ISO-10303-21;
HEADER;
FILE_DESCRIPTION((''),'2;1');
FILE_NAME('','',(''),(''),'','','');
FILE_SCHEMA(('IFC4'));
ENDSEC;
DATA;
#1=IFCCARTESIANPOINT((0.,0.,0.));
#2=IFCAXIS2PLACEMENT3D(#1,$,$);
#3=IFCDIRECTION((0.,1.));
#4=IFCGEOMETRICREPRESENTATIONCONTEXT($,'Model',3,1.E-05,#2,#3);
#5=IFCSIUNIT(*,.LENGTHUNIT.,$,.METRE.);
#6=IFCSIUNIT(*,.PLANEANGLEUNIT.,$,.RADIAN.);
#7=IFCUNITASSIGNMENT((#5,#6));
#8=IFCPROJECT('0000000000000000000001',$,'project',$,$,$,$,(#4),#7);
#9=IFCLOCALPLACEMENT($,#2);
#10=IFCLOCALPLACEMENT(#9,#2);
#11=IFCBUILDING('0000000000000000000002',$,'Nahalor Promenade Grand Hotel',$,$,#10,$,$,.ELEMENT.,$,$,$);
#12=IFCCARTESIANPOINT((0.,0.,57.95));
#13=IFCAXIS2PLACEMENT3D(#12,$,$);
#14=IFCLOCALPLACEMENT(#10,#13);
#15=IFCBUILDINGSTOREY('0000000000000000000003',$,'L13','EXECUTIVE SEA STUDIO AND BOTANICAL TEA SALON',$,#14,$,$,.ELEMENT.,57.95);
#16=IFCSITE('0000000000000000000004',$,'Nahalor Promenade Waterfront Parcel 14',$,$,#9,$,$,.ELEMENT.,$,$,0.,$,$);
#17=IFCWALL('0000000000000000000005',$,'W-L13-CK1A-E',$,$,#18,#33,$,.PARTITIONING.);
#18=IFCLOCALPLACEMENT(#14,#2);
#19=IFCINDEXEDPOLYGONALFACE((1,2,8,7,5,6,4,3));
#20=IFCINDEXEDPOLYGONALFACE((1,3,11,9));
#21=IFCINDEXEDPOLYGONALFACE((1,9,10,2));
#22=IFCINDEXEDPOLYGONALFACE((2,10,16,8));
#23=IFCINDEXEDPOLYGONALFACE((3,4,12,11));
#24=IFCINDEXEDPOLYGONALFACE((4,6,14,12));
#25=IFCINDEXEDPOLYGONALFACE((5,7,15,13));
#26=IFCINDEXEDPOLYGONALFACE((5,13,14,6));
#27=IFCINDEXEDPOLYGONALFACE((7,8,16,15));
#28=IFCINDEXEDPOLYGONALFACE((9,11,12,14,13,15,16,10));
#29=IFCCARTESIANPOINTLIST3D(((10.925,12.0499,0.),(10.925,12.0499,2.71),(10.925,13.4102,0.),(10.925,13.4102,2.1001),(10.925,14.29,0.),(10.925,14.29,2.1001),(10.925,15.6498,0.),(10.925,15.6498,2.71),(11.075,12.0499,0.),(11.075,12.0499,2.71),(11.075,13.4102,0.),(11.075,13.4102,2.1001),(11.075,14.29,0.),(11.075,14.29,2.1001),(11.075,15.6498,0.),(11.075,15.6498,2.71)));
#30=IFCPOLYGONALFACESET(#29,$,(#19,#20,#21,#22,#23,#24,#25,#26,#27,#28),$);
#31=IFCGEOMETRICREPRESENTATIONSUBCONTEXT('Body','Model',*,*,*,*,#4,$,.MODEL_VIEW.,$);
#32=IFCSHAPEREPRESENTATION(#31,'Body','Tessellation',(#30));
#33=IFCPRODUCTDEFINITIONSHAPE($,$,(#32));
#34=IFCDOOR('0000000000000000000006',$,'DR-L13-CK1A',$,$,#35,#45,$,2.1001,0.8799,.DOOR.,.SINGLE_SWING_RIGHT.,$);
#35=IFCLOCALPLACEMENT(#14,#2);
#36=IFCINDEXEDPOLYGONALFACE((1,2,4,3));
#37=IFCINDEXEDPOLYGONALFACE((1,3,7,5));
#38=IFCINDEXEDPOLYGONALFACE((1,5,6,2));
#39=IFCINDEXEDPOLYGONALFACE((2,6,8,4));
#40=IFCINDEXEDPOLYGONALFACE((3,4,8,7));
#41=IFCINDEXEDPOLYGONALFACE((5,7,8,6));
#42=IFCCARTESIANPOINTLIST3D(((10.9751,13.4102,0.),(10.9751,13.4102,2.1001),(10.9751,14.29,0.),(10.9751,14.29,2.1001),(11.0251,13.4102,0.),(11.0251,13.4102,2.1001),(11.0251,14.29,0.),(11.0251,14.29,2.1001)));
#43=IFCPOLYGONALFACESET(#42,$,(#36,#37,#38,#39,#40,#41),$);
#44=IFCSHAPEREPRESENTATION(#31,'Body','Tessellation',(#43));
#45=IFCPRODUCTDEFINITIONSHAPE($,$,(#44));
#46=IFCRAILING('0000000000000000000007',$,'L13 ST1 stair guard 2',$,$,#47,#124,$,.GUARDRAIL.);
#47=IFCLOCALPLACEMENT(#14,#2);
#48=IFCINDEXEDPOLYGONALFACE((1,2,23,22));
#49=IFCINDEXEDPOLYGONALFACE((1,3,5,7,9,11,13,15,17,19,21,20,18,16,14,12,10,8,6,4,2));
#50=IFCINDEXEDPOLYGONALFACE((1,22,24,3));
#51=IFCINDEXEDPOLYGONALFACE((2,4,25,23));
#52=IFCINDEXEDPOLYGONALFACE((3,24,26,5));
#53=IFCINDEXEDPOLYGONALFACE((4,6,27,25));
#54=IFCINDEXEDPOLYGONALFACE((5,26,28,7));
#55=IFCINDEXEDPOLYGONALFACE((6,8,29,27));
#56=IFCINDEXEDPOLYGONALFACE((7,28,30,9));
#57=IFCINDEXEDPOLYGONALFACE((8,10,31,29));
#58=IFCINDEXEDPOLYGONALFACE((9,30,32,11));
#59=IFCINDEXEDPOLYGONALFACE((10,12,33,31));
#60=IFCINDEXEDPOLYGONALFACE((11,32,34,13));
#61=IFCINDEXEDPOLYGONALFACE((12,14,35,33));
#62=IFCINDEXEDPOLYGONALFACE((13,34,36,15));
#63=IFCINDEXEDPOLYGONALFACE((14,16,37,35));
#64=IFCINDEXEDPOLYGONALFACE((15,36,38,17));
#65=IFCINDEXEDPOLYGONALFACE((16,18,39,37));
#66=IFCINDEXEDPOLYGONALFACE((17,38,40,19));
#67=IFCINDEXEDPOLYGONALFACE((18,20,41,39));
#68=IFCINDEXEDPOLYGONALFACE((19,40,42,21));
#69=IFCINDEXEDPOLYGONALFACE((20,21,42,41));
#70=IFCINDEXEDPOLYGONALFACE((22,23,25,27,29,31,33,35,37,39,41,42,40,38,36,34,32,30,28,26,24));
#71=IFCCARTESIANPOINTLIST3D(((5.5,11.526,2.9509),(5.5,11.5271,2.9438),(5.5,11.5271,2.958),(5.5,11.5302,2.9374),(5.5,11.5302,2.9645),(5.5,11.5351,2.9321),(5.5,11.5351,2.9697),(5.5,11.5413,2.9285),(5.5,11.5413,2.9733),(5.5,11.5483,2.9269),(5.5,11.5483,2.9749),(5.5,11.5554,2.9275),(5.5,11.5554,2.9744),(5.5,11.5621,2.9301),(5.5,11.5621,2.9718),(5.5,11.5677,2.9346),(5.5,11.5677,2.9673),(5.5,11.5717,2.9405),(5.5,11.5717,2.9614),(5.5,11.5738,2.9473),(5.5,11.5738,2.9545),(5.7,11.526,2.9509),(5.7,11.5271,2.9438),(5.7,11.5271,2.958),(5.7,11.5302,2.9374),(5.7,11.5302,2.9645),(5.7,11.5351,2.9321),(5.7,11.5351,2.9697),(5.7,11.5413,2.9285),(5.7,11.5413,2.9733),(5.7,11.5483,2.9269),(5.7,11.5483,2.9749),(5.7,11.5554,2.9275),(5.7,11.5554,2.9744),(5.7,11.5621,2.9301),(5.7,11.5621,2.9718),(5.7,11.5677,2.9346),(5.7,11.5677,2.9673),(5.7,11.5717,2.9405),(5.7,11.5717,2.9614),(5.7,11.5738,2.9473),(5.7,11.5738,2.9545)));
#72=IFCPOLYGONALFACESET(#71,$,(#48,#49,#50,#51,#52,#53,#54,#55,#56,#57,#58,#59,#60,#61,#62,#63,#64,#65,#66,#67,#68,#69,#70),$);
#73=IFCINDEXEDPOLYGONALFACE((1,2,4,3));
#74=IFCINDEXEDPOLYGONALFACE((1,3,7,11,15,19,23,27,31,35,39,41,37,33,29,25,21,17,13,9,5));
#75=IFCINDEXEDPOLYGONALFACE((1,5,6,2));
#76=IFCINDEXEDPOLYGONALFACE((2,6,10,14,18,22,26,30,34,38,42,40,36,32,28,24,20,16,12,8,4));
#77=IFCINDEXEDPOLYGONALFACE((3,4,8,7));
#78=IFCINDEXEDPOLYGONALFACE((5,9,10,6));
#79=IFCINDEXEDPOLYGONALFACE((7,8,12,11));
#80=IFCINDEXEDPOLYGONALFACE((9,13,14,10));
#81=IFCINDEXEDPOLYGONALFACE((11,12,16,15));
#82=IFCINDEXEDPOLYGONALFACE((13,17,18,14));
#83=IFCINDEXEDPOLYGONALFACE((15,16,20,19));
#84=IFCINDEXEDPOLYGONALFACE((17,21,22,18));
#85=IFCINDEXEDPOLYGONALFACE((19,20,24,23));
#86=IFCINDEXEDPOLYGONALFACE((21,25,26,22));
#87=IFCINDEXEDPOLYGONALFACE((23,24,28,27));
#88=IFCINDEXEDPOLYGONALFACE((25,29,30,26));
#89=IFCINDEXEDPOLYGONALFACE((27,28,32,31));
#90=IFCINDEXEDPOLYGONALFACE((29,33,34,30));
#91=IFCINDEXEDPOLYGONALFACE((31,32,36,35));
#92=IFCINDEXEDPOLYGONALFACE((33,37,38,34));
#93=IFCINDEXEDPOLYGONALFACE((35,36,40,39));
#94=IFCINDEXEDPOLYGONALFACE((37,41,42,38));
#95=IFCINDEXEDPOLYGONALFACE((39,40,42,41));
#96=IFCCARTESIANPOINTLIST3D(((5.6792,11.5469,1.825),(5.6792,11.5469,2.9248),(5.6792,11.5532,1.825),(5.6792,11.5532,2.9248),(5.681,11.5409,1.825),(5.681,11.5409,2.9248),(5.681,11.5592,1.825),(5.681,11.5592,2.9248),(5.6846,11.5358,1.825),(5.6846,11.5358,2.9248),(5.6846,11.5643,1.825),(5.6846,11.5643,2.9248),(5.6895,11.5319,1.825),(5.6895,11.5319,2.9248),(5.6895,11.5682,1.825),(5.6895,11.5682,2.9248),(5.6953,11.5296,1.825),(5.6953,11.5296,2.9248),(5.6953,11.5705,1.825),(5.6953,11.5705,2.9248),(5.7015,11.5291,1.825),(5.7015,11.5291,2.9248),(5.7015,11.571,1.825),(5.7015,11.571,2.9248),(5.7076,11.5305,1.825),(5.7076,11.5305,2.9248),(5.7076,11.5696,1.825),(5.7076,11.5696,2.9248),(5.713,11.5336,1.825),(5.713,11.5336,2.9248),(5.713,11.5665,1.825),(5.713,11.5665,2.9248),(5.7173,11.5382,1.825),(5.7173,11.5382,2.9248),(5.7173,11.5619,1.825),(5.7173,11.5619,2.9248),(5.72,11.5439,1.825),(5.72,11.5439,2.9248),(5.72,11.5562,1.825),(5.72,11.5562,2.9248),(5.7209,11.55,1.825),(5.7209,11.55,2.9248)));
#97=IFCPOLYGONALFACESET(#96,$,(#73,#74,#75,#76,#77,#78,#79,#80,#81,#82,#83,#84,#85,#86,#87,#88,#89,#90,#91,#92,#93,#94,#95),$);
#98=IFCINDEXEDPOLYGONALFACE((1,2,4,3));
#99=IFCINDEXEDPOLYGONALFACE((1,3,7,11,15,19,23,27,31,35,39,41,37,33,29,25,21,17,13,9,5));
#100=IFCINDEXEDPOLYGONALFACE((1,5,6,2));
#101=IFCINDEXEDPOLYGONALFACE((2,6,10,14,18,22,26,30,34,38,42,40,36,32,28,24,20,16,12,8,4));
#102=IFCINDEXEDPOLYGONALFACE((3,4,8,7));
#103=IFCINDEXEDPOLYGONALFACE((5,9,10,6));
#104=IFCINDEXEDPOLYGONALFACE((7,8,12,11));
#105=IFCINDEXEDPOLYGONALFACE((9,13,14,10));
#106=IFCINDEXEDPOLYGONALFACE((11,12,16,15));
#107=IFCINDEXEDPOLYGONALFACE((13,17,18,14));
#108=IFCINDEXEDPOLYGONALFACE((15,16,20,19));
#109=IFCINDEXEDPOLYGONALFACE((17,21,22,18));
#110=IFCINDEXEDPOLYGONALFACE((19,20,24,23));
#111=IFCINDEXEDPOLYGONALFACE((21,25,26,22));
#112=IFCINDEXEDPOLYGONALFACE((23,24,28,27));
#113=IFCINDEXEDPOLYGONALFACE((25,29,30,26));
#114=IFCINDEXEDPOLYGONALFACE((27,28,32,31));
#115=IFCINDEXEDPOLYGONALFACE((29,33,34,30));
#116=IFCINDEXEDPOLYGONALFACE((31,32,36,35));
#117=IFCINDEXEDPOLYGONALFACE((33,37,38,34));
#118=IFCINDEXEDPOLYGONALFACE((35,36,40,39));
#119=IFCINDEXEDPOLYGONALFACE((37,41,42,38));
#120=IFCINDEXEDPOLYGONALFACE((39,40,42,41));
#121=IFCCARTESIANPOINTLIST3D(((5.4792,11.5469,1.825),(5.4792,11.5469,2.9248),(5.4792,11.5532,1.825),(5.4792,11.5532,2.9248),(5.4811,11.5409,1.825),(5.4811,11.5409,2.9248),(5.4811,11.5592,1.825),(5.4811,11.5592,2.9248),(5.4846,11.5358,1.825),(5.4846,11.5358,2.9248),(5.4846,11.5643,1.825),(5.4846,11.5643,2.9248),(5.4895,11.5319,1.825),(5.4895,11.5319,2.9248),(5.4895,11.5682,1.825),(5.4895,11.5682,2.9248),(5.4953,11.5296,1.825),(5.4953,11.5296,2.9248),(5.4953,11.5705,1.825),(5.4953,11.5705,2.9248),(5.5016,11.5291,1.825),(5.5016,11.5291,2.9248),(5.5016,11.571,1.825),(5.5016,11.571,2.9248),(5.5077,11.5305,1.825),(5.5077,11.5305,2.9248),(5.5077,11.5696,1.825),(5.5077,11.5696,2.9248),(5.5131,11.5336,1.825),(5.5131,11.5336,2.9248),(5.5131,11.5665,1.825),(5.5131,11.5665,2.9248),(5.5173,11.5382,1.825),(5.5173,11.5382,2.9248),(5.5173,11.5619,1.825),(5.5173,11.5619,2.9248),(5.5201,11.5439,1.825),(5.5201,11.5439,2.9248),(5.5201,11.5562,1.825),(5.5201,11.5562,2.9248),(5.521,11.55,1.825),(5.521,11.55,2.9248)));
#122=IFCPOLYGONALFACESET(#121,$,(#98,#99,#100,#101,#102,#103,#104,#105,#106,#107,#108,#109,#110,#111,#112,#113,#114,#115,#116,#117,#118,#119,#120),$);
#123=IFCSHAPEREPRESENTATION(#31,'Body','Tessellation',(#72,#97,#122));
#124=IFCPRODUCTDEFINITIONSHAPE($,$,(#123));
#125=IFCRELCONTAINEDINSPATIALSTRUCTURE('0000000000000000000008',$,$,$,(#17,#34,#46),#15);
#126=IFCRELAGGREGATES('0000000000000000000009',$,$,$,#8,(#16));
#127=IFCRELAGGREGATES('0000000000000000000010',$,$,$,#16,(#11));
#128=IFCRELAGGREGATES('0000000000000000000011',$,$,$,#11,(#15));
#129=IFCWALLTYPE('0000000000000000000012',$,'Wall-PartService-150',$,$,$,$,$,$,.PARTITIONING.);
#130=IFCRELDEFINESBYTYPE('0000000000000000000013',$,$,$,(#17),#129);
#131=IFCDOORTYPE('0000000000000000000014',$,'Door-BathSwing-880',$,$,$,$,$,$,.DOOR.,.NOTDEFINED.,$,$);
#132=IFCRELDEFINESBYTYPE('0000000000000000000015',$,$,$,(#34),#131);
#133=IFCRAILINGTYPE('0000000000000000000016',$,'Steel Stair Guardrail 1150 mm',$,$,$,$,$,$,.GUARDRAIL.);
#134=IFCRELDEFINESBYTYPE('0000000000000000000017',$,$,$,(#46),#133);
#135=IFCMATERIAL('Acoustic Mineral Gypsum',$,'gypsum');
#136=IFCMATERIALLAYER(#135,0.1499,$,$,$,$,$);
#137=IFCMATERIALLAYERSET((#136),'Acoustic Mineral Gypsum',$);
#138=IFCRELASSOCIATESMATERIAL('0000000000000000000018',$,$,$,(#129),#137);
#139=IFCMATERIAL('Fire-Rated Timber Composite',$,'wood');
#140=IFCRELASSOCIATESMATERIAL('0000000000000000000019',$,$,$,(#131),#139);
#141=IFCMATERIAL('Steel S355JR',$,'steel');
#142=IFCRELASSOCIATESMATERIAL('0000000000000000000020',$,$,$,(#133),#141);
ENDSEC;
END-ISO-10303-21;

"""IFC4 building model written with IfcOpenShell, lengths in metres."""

from ifc_helpers import new_model, si_unit, direction, frame, frame_2d, origin, origin_2d, place, context, subcontext, project, spatial, rectangle, circle, extrude, source, transform, mapped, material, layer, layer_set, type_object, element, fill, save


model = new_model("IFC4")

# Units and contexts
model_context = context("Model", 3, precision=1e-05, world=origin(), true_north=direction((0.0, 1.0)))
body_context = subcontext(model_context, "Body", "Model", "MODEL_VIEW")
ifc_project = project(units=[si_unit("LENGTHUNIT", "METRE"), si_unit("PLANEANGLEUNIT", "RADIAN")], contexts=[model_context])

# Site, building, storey
site_placement = place(None, origin())
site = spatial("IfcSite", under=ifc_project, at=site_placement, Name="Nahalor Promenade Waterfront Parcel 14", CompositionType="ELEMENT", RefElevation=0.0)
building_placement = place(site_placement, origin())
building = spatial("IfcBuilding", under=site, at=building_placement, Name="Nahalor Promenade Grand Hotel", CompositionType="ELEMENT")
storey_placement = place(building_placement, frame((0.0, 0.0, 57.95)))
storey = spatial("IfcBuildingStorey", under=building, at=storey_placement, Name="L13", Description="EXECUTIVE SEA STUDIO AND BOTANICAL TEA SALON", CompositionType="ELEMENT", Elevation=57.95)

# Shared definitions
ifc_material_1 = material(Name="Steel S355JR", Category="steel")

# Shared definitions
ifc_material_2 = material(Name="Acoustic Mineral Gypsum", Category="gypsum")
ifc_layer_1 = layer(ifc_material_2, 0.1499)
ifc_layer_set_1 = layer_set([ifc_layer_1], Name="Acoustic Mineral Gypsum")
wall_type_1 = type_object("IfcWallType", Name="Wall-PartService-150", PredefinedType="PARTITIONING", material=ifc_layer_set_1)
shared_shape_1 = source(origin(), body_context, "Body", "SweptSolid", [
    extrude(rectangle(XDim=3.5999, YDim=0.1499, at=frame_2d((1.7998, 0.0))), origin(), (0.0, 0.0, 1.0), 2.71),
])

# Wall, opening, door
wall_1_placement = place(storey_placement, frame((11.0, 12.05, 0.0), z_axis=(0.0, 0.0, 1.0), x_axis=(0.0, 1.0, 0.0)))
wall_1 = element("IfcWall", 1, at=wall_1_placement, inside=storey, type_object=wall_type_1, Name="W-L13-CK1A-E", PredefinedType="PARTITIONING", context=body_context, shape_type="MappedRepresentation", body=[
    mapped(shared_shape_1, transform((0.0, 0.0, 0.0), scale=1.0)),
])
opening_1_placement = place(wall_1_placement, frame((1.3601, 0.0, 0.0)))
opening_1 = element("IfcOpeningElement", 2, at=opening_1_placement, cuts=wall_1, PredefinedType="OPENING", context=body_context, shape_type="SweptSolid", body=[
    extrude(rectangle(XDim=0.8799, YDim=2.1001, at=frame_2d((0.4399, 1.05))), frame((0.0, 0.085, 0.0), z_axis=(0.0, -1.0, 0.0), x_axis=(1.0, 0.0, 0.0)), (0.0, 0.0, 1.0), 0.1699),
])
ifc_material_3 = material(Name="Fire-Rated Timber Composite", Category="wood")
door_type_1 = type_object("IfcDoorType", Name="Door-BathSwing-880", OperationType="NOTDEFINED", PredefinedType="DOOR", material=ifc_material_3)
shared_shape_2 = source(origin(), body_context, "Body", "SweptSolid", [
    extrude(rectangle(XDim=0.8799, YDim=2.1001, at=frame_2d((0.4399, 1.05))), frame((0.0, 0.0249, 0.0), z_axis=(0.0, -1.0, 0.0), x_axis=(1.0, 0.0, 0.0)), (0.0, 0.0, 1.0), 0.05),
])
door_1_placement = place(opening_1_placement, origin())
door_1 = element("IfcDoor", 3, at=door_1_placement, inside=storey, type_object=door_type_1, Name="DR-L13-CK1A", OperationType="SINGLE_SWING_RIGHT", OverallHeight=2.1001, OverallWidth=0.8799, PredefinedType="DOOR", context=body_context, shape_type="MappedRepresentation", body=[
    mapped(shared_shape_2, transform((0.0, 0.0, 0.0), scale=1.0)),
])
fill(opening_1, door_1)

# Railing
railing_type = type_object("IfcRailingType", Name="Steel Stair Guardrail 1150 mm", PredefinedType="GUARDRAIL", material=ifc_material_1)
railing_1_placement = place(storey_placement, frame((5.7, 11.55, 1.825)))
element("IfcRailing", 4, at=railing_1_placement, inside=storey, type_object=railing_type, Name="L13 ST1 stair guard 2", PredefinedType="GUARDRAIL", context=body_context, shape_type="SweptSolid", body=[
    extrude(circle(Radius=0.024, at=origin_2d()), frame((0.0, 0.0, 1.126), z_axis=(-1.0, 0.0, 0.0), x_axis=(0.0, -1.0, 0.0)), (0.0, 0.0, 1.0), 0.2),
    extrude(circle(Radius=0.021, at=origin_2d()), origin(), (0.0, 0.0, 1.0), 1.0999),
    extrude(circle(Radius=0.021, at=origin_2d()), frame((-0.2, 0.0, 0.0)), (0.0, 0.0, 1.0), 1.0999),
])

save(model, "model.ifc")
